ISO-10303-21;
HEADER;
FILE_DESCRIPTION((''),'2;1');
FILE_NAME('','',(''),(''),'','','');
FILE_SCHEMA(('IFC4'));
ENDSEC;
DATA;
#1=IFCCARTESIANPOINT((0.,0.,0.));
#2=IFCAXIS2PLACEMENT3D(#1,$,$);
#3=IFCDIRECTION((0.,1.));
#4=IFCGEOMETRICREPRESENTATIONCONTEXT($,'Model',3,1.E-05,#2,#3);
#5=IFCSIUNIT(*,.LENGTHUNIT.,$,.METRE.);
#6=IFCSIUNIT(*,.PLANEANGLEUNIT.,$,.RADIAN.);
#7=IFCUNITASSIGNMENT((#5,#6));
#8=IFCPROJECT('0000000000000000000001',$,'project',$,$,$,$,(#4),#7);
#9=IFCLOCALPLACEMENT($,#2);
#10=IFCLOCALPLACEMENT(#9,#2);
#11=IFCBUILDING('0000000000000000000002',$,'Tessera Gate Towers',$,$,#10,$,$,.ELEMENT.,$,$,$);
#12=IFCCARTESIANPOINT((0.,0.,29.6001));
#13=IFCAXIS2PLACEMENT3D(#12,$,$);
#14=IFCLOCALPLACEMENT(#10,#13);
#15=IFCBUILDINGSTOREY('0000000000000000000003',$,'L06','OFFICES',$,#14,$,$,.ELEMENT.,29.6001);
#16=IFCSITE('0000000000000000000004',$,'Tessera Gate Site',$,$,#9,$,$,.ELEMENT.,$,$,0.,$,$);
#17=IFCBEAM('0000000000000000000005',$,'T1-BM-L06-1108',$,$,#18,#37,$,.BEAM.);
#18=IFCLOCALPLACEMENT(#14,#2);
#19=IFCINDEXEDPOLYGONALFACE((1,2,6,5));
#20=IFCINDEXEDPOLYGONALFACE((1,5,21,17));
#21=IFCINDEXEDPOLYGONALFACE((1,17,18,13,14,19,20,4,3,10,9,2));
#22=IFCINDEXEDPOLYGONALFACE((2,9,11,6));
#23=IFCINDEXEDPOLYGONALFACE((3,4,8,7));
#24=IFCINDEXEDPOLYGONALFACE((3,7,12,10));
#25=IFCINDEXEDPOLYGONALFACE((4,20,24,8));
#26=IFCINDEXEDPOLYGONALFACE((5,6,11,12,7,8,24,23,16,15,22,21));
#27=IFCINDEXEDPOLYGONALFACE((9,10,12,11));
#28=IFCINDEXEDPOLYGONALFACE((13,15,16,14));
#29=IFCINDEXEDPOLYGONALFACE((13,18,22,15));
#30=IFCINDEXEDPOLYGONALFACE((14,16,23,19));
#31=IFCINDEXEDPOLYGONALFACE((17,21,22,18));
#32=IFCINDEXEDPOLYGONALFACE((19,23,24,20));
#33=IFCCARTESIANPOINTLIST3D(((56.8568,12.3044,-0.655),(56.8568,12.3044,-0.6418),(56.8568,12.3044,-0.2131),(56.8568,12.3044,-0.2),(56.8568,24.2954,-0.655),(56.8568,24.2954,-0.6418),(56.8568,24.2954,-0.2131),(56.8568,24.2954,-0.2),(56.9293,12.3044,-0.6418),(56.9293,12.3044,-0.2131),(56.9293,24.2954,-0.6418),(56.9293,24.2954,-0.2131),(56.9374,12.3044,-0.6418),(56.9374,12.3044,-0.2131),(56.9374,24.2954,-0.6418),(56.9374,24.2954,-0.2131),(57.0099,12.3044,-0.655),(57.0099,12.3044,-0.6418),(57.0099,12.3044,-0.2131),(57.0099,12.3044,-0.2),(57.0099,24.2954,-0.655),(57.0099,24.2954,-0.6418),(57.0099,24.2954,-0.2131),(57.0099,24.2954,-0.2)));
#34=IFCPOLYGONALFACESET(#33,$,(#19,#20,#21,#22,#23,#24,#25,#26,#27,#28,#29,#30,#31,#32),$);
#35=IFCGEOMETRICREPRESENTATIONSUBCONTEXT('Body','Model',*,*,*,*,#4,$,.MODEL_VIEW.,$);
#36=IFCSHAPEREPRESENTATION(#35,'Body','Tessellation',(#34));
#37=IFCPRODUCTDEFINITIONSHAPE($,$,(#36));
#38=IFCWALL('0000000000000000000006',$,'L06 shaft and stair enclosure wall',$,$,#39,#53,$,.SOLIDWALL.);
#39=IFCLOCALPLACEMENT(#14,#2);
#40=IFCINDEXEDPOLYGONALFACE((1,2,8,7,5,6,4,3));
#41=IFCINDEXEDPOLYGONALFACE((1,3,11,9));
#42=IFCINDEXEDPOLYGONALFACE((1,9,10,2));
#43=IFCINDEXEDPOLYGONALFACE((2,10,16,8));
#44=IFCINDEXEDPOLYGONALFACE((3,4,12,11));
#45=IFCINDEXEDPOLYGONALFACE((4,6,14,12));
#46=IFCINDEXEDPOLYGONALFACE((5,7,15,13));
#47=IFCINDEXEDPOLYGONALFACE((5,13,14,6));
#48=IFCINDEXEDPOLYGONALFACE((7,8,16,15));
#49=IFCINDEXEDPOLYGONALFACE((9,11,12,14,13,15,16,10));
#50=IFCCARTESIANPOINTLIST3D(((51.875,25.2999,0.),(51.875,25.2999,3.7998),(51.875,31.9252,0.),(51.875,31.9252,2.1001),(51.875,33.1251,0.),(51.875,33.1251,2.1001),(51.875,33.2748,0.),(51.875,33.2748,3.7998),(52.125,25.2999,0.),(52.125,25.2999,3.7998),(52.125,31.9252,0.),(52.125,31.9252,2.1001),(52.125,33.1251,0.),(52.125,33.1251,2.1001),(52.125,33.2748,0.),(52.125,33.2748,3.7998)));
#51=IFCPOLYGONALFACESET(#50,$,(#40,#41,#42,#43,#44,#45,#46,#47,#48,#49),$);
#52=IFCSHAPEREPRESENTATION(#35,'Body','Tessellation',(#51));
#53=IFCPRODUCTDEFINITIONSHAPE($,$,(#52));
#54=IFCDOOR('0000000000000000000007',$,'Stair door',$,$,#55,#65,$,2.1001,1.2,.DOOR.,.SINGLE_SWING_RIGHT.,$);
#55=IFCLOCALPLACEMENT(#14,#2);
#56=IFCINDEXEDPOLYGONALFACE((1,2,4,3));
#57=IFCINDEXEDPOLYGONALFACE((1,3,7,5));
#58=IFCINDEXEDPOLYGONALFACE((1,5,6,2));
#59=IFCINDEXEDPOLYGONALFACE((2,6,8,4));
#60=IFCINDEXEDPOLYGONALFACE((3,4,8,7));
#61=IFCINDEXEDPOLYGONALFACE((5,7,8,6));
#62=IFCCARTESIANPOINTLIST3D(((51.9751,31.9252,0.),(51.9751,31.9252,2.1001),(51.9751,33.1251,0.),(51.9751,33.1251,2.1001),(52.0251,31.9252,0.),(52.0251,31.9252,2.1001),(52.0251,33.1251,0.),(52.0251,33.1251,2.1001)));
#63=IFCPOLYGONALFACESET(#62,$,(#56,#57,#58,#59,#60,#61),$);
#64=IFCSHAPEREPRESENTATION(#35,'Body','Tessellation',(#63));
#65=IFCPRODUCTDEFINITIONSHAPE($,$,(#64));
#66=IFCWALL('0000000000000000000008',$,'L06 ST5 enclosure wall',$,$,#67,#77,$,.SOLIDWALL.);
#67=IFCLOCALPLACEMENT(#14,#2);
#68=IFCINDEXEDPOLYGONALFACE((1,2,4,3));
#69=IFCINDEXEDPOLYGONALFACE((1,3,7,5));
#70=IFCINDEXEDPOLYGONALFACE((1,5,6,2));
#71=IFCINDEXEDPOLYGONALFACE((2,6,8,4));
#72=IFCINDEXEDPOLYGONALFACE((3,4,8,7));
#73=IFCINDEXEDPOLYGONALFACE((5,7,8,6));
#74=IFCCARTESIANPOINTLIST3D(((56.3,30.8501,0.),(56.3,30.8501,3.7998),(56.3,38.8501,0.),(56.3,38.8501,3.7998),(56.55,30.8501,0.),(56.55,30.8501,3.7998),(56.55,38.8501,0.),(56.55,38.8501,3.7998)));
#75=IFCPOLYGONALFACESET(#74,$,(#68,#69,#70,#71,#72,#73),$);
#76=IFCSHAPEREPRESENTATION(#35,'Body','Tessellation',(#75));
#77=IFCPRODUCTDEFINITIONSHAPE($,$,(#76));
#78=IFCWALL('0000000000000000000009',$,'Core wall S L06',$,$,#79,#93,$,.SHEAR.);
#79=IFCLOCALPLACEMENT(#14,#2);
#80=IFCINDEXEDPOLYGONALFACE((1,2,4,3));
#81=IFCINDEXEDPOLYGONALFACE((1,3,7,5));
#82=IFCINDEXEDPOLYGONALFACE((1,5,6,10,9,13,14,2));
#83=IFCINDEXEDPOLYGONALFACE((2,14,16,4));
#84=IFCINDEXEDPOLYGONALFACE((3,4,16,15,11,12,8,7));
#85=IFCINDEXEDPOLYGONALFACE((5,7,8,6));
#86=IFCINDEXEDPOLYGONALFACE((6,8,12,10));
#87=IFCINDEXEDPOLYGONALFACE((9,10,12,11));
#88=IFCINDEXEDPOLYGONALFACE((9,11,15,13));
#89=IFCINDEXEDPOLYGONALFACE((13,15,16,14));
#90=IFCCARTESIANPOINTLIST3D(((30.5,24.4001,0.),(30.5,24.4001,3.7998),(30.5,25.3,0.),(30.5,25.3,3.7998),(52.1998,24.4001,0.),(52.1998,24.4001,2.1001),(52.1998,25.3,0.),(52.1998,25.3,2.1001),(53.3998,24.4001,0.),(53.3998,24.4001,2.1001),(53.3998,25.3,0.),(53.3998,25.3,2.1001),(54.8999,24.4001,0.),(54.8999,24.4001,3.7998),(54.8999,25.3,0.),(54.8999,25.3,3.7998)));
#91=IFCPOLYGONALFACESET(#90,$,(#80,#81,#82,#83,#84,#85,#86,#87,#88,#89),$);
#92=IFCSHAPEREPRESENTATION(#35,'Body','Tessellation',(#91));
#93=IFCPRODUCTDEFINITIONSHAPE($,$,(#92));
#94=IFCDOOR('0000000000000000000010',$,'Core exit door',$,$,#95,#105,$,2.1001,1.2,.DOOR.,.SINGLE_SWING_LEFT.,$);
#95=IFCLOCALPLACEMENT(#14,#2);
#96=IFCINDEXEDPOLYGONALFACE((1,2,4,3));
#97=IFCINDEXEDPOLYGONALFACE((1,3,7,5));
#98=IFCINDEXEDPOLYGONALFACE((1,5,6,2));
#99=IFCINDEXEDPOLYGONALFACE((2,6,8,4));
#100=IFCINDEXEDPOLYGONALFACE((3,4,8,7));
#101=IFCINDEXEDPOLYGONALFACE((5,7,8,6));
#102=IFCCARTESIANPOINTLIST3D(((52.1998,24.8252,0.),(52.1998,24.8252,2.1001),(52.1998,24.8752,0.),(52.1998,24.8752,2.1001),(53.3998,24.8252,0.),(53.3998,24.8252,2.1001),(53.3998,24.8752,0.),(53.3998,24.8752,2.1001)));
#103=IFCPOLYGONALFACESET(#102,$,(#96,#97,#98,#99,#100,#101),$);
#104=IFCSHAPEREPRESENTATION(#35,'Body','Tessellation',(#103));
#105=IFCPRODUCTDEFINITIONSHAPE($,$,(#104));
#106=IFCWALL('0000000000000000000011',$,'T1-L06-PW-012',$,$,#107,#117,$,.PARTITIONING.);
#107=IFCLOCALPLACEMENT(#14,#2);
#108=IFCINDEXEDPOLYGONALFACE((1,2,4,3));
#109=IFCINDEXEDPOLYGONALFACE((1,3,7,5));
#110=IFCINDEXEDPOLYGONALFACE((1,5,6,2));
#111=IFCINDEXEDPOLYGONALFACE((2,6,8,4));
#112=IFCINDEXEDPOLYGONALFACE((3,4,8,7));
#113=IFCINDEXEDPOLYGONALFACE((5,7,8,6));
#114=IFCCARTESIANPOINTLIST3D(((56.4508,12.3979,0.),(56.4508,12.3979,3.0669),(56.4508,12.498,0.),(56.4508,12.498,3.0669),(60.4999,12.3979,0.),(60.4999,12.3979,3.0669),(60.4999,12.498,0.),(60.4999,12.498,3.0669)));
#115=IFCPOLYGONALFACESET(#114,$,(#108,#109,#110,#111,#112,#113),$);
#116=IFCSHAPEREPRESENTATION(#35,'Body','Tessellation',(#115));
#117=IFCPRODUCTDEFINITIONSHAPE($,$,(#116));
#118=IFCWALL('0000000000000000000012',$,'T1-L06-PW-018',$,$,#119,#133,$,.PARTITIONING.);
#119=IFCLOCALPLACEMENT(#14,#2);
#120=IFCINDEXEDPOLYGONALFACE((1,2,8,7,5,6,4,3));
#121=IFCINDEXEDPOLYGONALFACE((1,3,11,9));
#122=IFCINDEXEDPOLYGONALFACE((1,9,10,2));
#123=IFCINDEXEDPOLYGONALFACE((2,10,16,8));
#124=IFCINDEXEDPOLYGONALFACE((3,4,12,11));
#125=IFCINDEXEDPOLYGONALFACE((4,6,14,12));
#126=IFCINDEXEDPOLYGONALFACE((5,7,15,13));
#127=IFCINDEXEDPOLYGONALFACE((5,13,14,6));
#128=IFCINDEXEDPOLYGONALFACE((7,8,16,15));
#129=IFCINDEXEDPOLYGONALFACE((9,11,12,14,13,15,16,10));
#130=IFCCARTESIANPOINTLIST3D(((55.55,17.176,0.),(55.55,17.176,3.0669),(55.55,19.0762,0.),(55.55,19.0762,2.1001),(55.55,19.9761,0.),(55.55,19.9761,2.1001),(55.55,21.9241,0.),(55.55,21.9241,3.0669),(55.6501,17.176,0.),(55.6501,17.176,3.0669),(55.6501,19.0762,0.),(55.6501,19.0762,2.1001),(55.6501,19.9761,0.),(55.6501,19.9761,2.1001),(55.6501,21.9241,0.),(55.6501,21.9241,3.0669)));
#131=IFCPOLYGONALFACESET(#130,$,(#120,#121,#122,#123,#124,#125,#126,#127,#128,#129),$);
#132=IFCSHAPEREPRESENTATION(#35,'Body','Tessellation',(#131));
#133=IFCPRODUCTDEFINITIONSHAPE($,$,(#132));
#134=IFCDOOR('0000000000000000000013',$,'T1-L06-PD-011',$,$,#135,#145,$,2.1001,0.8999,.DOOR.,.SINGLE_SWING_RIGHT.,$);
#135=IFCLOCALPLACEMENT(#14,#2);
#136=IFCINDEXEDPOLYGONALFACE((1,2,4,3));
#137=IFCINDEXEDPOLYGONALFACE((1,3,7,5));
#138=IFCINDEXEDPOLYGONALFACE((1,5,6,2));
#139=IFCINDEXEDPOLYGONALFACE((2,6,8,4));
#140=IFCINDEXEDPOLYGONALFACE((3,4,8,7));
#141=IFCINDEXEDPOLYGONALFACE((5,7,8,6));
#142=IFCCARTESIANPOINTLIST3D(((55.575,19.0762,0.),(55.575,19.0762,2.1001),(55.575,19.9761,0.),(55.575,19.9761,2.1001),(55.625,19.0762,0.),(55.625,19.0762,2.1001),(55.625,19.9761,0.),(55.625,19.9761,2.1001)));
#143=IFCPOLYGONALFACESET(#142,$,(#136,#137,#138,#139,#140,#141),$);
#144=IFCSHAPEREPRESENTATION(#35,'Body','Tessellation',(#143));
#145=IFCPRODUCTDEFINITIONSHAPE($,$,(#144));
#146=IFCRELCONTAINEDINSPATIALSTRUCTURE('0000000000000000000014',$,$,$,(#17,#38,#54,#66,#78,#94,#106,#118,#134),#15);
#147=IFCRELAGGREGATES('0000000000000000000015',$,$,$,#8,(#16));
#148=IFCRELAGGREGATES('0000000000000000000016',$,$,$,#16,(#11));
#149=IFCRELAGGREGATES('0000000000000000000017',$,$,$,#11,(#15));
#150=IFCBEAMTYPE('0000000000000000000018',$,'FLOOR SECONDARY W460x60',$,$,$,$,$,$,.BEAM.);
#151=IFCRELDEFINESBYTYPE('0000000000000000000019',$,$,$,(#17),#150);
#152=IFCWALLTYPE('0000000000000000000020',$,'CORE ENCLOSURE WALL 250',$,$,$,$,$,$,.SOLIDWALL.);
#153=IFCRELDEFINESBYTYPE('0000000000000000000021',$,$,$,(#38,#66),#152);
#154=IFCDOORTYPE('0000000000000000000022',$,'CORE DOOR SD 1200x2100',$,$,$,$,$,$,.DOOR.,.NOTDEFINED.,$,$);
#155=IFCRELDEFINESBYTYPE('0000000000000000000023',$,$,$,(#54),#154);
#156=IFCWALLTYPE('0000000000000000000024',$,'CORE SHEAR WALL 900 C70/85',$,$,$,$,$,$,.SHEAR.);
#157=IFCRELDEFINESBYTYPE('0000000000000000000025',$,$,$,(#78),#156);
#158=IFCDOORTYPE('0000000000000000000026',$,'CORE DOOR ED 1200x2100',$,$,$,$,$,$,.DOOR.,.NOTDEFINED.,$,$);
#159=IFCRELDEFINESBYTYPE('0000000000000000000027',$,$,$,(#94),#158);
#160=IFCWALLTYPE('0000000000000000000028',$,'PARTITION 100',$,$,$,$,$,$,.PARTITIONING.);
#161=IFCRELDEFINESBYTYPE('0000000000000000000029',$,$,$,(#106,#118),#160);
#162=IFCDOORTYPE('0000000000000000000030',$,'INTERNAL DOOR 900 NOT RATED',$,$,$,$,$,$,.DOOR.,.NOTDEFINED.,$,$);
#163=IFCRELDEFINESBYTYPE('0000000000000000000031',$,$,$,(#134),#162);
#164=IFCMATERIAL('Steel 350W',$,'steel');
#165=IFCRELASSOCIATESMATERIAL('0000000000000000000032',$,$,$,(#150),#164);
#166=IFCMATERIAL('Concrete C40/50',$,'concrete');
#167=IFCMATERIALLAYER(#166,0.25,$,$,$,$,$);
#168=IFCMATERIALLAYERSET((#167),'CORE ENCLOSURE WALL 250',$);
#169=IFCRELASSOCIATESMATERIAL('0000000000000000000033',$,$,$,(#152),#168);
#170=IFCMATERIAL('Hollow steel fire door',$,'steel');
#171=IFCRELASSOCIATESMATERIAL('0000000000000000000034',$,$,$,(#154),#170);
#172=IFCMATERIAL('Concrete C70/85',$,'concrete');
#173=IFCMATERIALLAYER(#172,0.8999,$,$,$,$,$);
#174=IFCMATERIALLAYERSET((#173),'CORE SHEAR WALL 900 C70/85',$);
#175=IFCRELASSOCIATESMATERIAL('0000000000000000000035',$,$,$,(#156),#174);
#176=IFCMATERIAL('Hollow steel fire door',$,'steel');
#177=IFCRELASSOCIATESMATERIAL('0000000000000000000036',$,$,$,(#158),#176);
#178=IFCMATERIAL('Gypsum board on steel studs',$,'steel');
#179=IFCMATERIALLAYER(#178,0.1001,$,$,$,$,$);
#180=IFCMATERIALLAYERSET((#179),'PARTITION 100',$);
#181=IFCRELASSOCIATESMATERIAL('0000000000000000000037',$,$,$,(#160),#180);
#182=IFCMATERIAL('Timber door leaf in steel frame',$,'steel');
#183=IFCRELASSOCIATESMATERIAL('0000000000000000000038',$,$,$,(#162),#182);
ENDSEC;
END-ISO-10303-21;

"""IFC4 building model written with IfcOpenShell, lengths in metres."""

from ifc_helpers import new_model, si_unit, direction, frame, frame_2d, origin, origin_2d, place, context, subcontext, project, spatial, rectangle, i_section, extrude, source, transform, mapped, material, layer, layer_set, material_profile, profile_set, type_object, element, fill, save


model = new_model("IFC4")

# Units and contexts
model_context = context("Model", 3, precision=1e-05, world=origin(), true_north=direction((0.0, 1.0)))
body_context = subcontext(model_context, "Body", "Model", "MODEL_VIEW")
ifc_project = project(units=[si_unit("LENGTHUNIT", "METRE"), si_unit("PLANEANGLEUNIT", "RADIAN")], contexts=[model_context])

# Site, building, storey
site_placement = place(None, origin())
site = spatial("IfcSite", under=ifc_project, at=site_placement, Name="Tessera Gate Site", CompositionType="ELEMENT", RefElevation=0.0)
building_placement = place(site_placement, origin())
building = spatial("IfcBuilding", under=site, at=building_placement, Name="Tessera Gate Towers", CompositionType="ELEMENT")
storey_placement = place(building_placement, frame((0.0, 0.0, 29.6001)))
storey = spatial("IfcBuildingStorey", under=building, at=storey_placement, Name="L06", Description="OFFICES", CompositionType="ELEMENT", Elevation=29.6001)

# Beam
ifc_material_1 = material(Name="Steel 350W", Category="steel")
ifc_material_profile_1 = material_profile(ifc_material_1, i_section(OverallWidth=0.1531, OverallDepth=0.4551, WebThickness=0.0081, FlangeThickness=0.0132, at=origin_2d()), Name="W460x60")
ifc_profile_set_1 = profile_set([ifc_material_profile_1], Name="Steel 350W")
beam_type_1 = type_object("IfcBeamType", Name="FLOOR SECONDARY W460x60", PredefinedType="BEAM", material=ifc_profile_set_1)
beam_1_placement = place(storey_placement, frame((56.9333, 12.3044, -0.4275), z_axis=(0.0, 1.0, 0.0), x_axis=(-1.0, 0.0, 0.0)))
element("IfcBeam", 1, at=beam_1_placement, inside=storey, type_object=beam_type_1, Name="T1-BM-L06-1108", PredefinedType="BEAM", context=body_context, shape_type="SweptSolid", body=[
    extrude(i_section(OverallWidth=0.1531, OverallDepth=0.4551, WebThickness=0.0081, FlangeThickness=0.0132, at=origin_2d()), origin(), (0.0, 0.0, 1.0), 11.991),
])

# Wall, opening, door
ifc_material_2 = material(Name="Concrete C40/50", Category="concrete")
ifc_layer_1 = layer(ifc_material_2, 0.25)
ifc_layer_set_1 = layer_set([ifc_layer_1], Name="CORE ENCLOSURE WALL 250")
wall_type_1 = type_object("IfcWallType", Name="CORE ENCLOSURE WALL 250", PredefinedType="SOLIDWALL", material=ifc_layer_set_1)
wall_1_placement = place(storey_placement, frame((52.0, 25.3, 0.0), z_axis=(0.0, 0.0, 1.0), x_axis=(0.0, 1.0, 0.0)))
wall_1 = element("IfcWall", 2, at=wall_1_placement, inside=storey, type_object=wall_type_1, Name="L06 shaft and stair enclosure wall", PredefinedType="SOLIDWALL", context=body_context, shape_type="SweptSolid", body=[
    extrude(rectangle(XDim=7.9749, YDim=0.25, at=frame_2d((3.9873, 0.0))), origin(), (0.0, 0.0, 1.0), 3.7998),
])
shared_shape_1 = source(origin(), body_context, "Body", "SweptSolid", [
    extrude(rectangle(XDim=1.2, YDim=2.1001, at=frame_2d((0.6001, 1.05))), frame((0.0, 0.135, 0.0), z_axis=(0.0, -1.0, 0.0), x_axis=(1.0, 0.0, 0.0)), (0.0, 0.0, 1.0), 0.27),
])
opening_1_placement = place(wall_1_placement, frame((6.625, 0.0, 0.0)))
opening_1 = element("IfcOpeningElement", 3, at=opening_1_placement, cuts=wall_1, PredefinedType="OPENING", context=body_context, shape_type="MappedRepresentation", body=[
    mapped(shared_shape_1, transform((0.0, 0.0, 0.0), scale=1.0)),
])
ifc_material_3 = material(Name="Hollow steel fire door", Category="steel")
door_type_1 = type_object("IfcDoorType", Name="CORE DOOR SD 1200x2100", OperationType="NOTDEFINED", PredefinedType="DOOR", material=ifc_material_3)
shared_shape_2 = source(origin(), body_context, "Body", "SweptSolid", [
    extrude(rectangle(XDim=1.2, YDim=2.1001, at=frame_2d((0.6001, 1.05))), frame((0.0, 0.0249, 0.0), z_axis=(0.0, -1.0, 0.0), x_axis=(1.0, 0.0, 0.0)), (0.0, 0.0, 1.0), 0.05),
])
door_1_placement = place(opening_1_placement, origin())
door_1 = element("IfcDoor", 4, at=door_1_placement, inside=storey, type_object=door_type_1, Name="Stair door", OperationType="SINGLE_SWING_RIGHT", OverallHeight=2.1001, OverallWidth=1.2, PredefinedType="DOOR", context=body_context, shape_type="MappedRepresentation", body=[
    mapped(shared_shape_2, transform((0.0, 0.0, 0.0), scale=1.0)),
])
fill(opening_1, door_1)

# Wall
wall_2_placement = place(storey_placement, frame((56.425, 30.8501, 0.0), z_axis=(0.0, 0.0, 1.0), x_axis=(0.0, 1.0, 0.0)))
element("IfcWall", 5, at=wall_2_placement, inside=storey, type_object=wall_type_1, Name="L06 ST5 enclosure wall", PredefinedType="SOLIDWALL", context=body_context, shape_type="SweptSolid", body=[
    extrude(rectangle(XDim=8.0, YDim=0.25, at=frame_2d((4.0, 0.0))), origin(), (0.0, 0.0, 1.0), 3.7998),
])

# Wall, opening, door
ifc_material_4 = material(Name="Concrete C70/85", Category="concrete")
ifc_layer_2 = layer(ifc_material_4, 0.8999)
ifc_layer_set_2 = layer_set([ifc_layer_2], Name="CORE SHEAR WALL 900 C70/85")
wall_type_2 = type_object("IfcWallType", Name="CORE SHEAR WALL 900 C70/85", PredefinedType="SHEAR", material=ifc_layer_set_2)
wall_3_placement = place(storey_placement, frame((54.8999, 24.8501, 0.0), z_axis=(0.0, 0.0, 1.0), x_axis=(-1.0, 0.0, 0.0)))
wall_3 = element("IfcWall", 6, at=wall_3_placement, inside=storey, type_object=wall_type_2, Name="Core wall S L06", PredefinedType="SHEAR", context=body_context, shape_type="SweptSolid", body=[
    extrude(rectangle(XDim=24.3999, YDim=0.8999, at=frame_2d((12.2, 0.0))), origin(), (0.0, 0.0, 1.0), 3.7998),
])
shared_shape_3 = source(origin(), body_context, "Body", "SweptSolid", [
    extrude(rectangle(XDim=1.2, YDim=2.1001, at=frame_2d((0.6001, 1.05))), frame((0.0, 0.46, 0.0), z_axis=(0.0, -1.0, 0.0), x_axis=(1.0, 0.0, 0.0)), (0.0, 0.0, 1.0), 0.9199),
])
opening_2_placement = place(wall_3_placement, frame((1.5, 0.0, 0.0)))
opening_2 = element("IfcOpeningElement", 7, at=opening_2_placement, cuts=wall_3, PredefinedType="OPENING", context=body_context, shape_type="MappedRepresentation", body=[
    mapped(shared_shape_3, transform((0.0, 0.0, 0.0), scale=1.0)),
])
ifc_material_5 = material(Name="Hollow steel fire door", Category="steel")
door_type_2 = type_object("IfcDoorType", Name="CORE DOOR ED 1200x2100", OperationType="NOTDEFINED", PredefinedType="DOOR", material=ifc_material_5)
door_2_placement = place(opening_2_placement, origin())
door_2 = element("IfcDoor", 8, at=door_2_placement, inside=storey, type_object=door_type_2, Name="Core exit door", OperationType="SINGLE_SWING_LEFT", OverallHeight=2.1001, OverallWidth=1.2, PredefinedType="DOOR", context=body_context, shape_type="MappedRepresentation", body=[
    mapped(shared_shape_2, transform((0.0, 0.0, 0.0), scale=1.0)),
])
fill(opening_2, door_2)

# Wall
ifc_material_6 = material(Name="Gypsum board on steel studs", Category="steel")
ifc_layer_3 = layer(ifc_material_6, 0.1001)
ifc_layer_set_3 = layer_set([ifc_layer_3], Name="PARTITION 100")
wall_type_3 = type_object("IfcWallType", Name="PARTITION 100", PredefinedType="PARTITIONING", material=ifc_layer_set_3)
wall_4_placement = place(storey_placement, frame((56.4509, 12.448, 0.0), z_axis=(0.0, 0.0, 1.0), x_axis=(1.0, 0.0, 0.0)))
element("IfcWall", 9, at=wall_4_placement, inside=storey, type_object=wall_type_3, Name="T1-L06-PW-012", PredefinedType="PARTITIONING", context=body_context, shape_type="SweptSolid", body=[
    extrude(rectangle(XDim=4.0491, YDim=0.1001, at=frame_2d((2.0244, 0.0))), origin(), (0.0, 0.0, 1.0), 3.0669),
])

# Wall, opening, door
wall_5_placement = place(storey_placement, frame((55.6001, 21.9241, 0.0), z_axis=(0.0, 0.0, 1.0), x_axis=(0.0, -1.0, 0.0)))
wall_5 = element("IfcWall", 10, at=wall_5_placement, inside=storey, type_object=wall_type_3, Name="T1-L06-PW-018", PredefinedType="PARTITIONING", context=body_context, shape_type="SweptSolid", body=[
    extrude(rectangle(XDim=4.748, YDim=0.1001, at=frame_2d((2.374, 0.0))), origin(), (0.0, 0.0, 1.0), 3.0669),
])
shared_shape_4 = source(origin(), body_context, "Body", "SweptSolid", [
    extrude(rectangle(XDim=0.8999, YDim=2.1001, at=frame_2d((0.45, 1.05))), frame((0.0, 0.0601, 0.0), z_axis=(0.0, -1.0, 0.0), x_axis=(1.0, 0.0, 0.0)), (0.0, 0.0, 1.0), 0.1201),
])
opening_3_placement = place(wall_5_placement, frame((1.948, 0.0, 0.0)))
opening_3 = element("IfcOpeningElement", 11, at=opening_3_placement, cuts=wall_5, PredefinedType="OPENING", context=body_context, shape_type="MappedRepresentation", body=[
    mapped(shared_shape_4, transform((0.0, 0.0, 0.0), scale=1.0)),
])
ifc_material_7 = material(Name="Timber door leaf in steel frame", Category="steel")
door_type_3 = type_object("IfcDoorType", Name="INTERNAL DOOR 900 NOT RATED", OperationType="NOTDEFINED", PredefinedType="DOOR", material=ifc_material_7)
shared_shape_5 = source(origin(), body_context, "Body", "SweptSolid", [
    extrude(rectangle(XDim=0.8999, YDim=2.1001, at=frame_2d((0.45, 1.05))), frame((0.0, 0.0249, 0.0), z_axis=(0.0, -1.0, 0.0), x_axis=(1.0, 0.0, 0.0)), (0.0, 0.0, 1.0), 0.05),
])
door_3_placement = place(opening_3_placement, origin())
door_3 = element("IfcDoor", 12, at=door_3_placement, inside=storey, type_object=door_type_3, Name="T1-L06-PD-011", OperationType="SINGLE_SWING_RIGHT", OverallHeight=2.1001, OverallWidth=0.8999, PredefinedType="DOOR", context=body_context, shape_type="MappedRepresentation", body=[
    mapped(shared_shape_5, transform((0.0, 0.0, 0.0), scale=1.0)),
])
fill(opening_3, door_3)

save(model, "model.ifc")
